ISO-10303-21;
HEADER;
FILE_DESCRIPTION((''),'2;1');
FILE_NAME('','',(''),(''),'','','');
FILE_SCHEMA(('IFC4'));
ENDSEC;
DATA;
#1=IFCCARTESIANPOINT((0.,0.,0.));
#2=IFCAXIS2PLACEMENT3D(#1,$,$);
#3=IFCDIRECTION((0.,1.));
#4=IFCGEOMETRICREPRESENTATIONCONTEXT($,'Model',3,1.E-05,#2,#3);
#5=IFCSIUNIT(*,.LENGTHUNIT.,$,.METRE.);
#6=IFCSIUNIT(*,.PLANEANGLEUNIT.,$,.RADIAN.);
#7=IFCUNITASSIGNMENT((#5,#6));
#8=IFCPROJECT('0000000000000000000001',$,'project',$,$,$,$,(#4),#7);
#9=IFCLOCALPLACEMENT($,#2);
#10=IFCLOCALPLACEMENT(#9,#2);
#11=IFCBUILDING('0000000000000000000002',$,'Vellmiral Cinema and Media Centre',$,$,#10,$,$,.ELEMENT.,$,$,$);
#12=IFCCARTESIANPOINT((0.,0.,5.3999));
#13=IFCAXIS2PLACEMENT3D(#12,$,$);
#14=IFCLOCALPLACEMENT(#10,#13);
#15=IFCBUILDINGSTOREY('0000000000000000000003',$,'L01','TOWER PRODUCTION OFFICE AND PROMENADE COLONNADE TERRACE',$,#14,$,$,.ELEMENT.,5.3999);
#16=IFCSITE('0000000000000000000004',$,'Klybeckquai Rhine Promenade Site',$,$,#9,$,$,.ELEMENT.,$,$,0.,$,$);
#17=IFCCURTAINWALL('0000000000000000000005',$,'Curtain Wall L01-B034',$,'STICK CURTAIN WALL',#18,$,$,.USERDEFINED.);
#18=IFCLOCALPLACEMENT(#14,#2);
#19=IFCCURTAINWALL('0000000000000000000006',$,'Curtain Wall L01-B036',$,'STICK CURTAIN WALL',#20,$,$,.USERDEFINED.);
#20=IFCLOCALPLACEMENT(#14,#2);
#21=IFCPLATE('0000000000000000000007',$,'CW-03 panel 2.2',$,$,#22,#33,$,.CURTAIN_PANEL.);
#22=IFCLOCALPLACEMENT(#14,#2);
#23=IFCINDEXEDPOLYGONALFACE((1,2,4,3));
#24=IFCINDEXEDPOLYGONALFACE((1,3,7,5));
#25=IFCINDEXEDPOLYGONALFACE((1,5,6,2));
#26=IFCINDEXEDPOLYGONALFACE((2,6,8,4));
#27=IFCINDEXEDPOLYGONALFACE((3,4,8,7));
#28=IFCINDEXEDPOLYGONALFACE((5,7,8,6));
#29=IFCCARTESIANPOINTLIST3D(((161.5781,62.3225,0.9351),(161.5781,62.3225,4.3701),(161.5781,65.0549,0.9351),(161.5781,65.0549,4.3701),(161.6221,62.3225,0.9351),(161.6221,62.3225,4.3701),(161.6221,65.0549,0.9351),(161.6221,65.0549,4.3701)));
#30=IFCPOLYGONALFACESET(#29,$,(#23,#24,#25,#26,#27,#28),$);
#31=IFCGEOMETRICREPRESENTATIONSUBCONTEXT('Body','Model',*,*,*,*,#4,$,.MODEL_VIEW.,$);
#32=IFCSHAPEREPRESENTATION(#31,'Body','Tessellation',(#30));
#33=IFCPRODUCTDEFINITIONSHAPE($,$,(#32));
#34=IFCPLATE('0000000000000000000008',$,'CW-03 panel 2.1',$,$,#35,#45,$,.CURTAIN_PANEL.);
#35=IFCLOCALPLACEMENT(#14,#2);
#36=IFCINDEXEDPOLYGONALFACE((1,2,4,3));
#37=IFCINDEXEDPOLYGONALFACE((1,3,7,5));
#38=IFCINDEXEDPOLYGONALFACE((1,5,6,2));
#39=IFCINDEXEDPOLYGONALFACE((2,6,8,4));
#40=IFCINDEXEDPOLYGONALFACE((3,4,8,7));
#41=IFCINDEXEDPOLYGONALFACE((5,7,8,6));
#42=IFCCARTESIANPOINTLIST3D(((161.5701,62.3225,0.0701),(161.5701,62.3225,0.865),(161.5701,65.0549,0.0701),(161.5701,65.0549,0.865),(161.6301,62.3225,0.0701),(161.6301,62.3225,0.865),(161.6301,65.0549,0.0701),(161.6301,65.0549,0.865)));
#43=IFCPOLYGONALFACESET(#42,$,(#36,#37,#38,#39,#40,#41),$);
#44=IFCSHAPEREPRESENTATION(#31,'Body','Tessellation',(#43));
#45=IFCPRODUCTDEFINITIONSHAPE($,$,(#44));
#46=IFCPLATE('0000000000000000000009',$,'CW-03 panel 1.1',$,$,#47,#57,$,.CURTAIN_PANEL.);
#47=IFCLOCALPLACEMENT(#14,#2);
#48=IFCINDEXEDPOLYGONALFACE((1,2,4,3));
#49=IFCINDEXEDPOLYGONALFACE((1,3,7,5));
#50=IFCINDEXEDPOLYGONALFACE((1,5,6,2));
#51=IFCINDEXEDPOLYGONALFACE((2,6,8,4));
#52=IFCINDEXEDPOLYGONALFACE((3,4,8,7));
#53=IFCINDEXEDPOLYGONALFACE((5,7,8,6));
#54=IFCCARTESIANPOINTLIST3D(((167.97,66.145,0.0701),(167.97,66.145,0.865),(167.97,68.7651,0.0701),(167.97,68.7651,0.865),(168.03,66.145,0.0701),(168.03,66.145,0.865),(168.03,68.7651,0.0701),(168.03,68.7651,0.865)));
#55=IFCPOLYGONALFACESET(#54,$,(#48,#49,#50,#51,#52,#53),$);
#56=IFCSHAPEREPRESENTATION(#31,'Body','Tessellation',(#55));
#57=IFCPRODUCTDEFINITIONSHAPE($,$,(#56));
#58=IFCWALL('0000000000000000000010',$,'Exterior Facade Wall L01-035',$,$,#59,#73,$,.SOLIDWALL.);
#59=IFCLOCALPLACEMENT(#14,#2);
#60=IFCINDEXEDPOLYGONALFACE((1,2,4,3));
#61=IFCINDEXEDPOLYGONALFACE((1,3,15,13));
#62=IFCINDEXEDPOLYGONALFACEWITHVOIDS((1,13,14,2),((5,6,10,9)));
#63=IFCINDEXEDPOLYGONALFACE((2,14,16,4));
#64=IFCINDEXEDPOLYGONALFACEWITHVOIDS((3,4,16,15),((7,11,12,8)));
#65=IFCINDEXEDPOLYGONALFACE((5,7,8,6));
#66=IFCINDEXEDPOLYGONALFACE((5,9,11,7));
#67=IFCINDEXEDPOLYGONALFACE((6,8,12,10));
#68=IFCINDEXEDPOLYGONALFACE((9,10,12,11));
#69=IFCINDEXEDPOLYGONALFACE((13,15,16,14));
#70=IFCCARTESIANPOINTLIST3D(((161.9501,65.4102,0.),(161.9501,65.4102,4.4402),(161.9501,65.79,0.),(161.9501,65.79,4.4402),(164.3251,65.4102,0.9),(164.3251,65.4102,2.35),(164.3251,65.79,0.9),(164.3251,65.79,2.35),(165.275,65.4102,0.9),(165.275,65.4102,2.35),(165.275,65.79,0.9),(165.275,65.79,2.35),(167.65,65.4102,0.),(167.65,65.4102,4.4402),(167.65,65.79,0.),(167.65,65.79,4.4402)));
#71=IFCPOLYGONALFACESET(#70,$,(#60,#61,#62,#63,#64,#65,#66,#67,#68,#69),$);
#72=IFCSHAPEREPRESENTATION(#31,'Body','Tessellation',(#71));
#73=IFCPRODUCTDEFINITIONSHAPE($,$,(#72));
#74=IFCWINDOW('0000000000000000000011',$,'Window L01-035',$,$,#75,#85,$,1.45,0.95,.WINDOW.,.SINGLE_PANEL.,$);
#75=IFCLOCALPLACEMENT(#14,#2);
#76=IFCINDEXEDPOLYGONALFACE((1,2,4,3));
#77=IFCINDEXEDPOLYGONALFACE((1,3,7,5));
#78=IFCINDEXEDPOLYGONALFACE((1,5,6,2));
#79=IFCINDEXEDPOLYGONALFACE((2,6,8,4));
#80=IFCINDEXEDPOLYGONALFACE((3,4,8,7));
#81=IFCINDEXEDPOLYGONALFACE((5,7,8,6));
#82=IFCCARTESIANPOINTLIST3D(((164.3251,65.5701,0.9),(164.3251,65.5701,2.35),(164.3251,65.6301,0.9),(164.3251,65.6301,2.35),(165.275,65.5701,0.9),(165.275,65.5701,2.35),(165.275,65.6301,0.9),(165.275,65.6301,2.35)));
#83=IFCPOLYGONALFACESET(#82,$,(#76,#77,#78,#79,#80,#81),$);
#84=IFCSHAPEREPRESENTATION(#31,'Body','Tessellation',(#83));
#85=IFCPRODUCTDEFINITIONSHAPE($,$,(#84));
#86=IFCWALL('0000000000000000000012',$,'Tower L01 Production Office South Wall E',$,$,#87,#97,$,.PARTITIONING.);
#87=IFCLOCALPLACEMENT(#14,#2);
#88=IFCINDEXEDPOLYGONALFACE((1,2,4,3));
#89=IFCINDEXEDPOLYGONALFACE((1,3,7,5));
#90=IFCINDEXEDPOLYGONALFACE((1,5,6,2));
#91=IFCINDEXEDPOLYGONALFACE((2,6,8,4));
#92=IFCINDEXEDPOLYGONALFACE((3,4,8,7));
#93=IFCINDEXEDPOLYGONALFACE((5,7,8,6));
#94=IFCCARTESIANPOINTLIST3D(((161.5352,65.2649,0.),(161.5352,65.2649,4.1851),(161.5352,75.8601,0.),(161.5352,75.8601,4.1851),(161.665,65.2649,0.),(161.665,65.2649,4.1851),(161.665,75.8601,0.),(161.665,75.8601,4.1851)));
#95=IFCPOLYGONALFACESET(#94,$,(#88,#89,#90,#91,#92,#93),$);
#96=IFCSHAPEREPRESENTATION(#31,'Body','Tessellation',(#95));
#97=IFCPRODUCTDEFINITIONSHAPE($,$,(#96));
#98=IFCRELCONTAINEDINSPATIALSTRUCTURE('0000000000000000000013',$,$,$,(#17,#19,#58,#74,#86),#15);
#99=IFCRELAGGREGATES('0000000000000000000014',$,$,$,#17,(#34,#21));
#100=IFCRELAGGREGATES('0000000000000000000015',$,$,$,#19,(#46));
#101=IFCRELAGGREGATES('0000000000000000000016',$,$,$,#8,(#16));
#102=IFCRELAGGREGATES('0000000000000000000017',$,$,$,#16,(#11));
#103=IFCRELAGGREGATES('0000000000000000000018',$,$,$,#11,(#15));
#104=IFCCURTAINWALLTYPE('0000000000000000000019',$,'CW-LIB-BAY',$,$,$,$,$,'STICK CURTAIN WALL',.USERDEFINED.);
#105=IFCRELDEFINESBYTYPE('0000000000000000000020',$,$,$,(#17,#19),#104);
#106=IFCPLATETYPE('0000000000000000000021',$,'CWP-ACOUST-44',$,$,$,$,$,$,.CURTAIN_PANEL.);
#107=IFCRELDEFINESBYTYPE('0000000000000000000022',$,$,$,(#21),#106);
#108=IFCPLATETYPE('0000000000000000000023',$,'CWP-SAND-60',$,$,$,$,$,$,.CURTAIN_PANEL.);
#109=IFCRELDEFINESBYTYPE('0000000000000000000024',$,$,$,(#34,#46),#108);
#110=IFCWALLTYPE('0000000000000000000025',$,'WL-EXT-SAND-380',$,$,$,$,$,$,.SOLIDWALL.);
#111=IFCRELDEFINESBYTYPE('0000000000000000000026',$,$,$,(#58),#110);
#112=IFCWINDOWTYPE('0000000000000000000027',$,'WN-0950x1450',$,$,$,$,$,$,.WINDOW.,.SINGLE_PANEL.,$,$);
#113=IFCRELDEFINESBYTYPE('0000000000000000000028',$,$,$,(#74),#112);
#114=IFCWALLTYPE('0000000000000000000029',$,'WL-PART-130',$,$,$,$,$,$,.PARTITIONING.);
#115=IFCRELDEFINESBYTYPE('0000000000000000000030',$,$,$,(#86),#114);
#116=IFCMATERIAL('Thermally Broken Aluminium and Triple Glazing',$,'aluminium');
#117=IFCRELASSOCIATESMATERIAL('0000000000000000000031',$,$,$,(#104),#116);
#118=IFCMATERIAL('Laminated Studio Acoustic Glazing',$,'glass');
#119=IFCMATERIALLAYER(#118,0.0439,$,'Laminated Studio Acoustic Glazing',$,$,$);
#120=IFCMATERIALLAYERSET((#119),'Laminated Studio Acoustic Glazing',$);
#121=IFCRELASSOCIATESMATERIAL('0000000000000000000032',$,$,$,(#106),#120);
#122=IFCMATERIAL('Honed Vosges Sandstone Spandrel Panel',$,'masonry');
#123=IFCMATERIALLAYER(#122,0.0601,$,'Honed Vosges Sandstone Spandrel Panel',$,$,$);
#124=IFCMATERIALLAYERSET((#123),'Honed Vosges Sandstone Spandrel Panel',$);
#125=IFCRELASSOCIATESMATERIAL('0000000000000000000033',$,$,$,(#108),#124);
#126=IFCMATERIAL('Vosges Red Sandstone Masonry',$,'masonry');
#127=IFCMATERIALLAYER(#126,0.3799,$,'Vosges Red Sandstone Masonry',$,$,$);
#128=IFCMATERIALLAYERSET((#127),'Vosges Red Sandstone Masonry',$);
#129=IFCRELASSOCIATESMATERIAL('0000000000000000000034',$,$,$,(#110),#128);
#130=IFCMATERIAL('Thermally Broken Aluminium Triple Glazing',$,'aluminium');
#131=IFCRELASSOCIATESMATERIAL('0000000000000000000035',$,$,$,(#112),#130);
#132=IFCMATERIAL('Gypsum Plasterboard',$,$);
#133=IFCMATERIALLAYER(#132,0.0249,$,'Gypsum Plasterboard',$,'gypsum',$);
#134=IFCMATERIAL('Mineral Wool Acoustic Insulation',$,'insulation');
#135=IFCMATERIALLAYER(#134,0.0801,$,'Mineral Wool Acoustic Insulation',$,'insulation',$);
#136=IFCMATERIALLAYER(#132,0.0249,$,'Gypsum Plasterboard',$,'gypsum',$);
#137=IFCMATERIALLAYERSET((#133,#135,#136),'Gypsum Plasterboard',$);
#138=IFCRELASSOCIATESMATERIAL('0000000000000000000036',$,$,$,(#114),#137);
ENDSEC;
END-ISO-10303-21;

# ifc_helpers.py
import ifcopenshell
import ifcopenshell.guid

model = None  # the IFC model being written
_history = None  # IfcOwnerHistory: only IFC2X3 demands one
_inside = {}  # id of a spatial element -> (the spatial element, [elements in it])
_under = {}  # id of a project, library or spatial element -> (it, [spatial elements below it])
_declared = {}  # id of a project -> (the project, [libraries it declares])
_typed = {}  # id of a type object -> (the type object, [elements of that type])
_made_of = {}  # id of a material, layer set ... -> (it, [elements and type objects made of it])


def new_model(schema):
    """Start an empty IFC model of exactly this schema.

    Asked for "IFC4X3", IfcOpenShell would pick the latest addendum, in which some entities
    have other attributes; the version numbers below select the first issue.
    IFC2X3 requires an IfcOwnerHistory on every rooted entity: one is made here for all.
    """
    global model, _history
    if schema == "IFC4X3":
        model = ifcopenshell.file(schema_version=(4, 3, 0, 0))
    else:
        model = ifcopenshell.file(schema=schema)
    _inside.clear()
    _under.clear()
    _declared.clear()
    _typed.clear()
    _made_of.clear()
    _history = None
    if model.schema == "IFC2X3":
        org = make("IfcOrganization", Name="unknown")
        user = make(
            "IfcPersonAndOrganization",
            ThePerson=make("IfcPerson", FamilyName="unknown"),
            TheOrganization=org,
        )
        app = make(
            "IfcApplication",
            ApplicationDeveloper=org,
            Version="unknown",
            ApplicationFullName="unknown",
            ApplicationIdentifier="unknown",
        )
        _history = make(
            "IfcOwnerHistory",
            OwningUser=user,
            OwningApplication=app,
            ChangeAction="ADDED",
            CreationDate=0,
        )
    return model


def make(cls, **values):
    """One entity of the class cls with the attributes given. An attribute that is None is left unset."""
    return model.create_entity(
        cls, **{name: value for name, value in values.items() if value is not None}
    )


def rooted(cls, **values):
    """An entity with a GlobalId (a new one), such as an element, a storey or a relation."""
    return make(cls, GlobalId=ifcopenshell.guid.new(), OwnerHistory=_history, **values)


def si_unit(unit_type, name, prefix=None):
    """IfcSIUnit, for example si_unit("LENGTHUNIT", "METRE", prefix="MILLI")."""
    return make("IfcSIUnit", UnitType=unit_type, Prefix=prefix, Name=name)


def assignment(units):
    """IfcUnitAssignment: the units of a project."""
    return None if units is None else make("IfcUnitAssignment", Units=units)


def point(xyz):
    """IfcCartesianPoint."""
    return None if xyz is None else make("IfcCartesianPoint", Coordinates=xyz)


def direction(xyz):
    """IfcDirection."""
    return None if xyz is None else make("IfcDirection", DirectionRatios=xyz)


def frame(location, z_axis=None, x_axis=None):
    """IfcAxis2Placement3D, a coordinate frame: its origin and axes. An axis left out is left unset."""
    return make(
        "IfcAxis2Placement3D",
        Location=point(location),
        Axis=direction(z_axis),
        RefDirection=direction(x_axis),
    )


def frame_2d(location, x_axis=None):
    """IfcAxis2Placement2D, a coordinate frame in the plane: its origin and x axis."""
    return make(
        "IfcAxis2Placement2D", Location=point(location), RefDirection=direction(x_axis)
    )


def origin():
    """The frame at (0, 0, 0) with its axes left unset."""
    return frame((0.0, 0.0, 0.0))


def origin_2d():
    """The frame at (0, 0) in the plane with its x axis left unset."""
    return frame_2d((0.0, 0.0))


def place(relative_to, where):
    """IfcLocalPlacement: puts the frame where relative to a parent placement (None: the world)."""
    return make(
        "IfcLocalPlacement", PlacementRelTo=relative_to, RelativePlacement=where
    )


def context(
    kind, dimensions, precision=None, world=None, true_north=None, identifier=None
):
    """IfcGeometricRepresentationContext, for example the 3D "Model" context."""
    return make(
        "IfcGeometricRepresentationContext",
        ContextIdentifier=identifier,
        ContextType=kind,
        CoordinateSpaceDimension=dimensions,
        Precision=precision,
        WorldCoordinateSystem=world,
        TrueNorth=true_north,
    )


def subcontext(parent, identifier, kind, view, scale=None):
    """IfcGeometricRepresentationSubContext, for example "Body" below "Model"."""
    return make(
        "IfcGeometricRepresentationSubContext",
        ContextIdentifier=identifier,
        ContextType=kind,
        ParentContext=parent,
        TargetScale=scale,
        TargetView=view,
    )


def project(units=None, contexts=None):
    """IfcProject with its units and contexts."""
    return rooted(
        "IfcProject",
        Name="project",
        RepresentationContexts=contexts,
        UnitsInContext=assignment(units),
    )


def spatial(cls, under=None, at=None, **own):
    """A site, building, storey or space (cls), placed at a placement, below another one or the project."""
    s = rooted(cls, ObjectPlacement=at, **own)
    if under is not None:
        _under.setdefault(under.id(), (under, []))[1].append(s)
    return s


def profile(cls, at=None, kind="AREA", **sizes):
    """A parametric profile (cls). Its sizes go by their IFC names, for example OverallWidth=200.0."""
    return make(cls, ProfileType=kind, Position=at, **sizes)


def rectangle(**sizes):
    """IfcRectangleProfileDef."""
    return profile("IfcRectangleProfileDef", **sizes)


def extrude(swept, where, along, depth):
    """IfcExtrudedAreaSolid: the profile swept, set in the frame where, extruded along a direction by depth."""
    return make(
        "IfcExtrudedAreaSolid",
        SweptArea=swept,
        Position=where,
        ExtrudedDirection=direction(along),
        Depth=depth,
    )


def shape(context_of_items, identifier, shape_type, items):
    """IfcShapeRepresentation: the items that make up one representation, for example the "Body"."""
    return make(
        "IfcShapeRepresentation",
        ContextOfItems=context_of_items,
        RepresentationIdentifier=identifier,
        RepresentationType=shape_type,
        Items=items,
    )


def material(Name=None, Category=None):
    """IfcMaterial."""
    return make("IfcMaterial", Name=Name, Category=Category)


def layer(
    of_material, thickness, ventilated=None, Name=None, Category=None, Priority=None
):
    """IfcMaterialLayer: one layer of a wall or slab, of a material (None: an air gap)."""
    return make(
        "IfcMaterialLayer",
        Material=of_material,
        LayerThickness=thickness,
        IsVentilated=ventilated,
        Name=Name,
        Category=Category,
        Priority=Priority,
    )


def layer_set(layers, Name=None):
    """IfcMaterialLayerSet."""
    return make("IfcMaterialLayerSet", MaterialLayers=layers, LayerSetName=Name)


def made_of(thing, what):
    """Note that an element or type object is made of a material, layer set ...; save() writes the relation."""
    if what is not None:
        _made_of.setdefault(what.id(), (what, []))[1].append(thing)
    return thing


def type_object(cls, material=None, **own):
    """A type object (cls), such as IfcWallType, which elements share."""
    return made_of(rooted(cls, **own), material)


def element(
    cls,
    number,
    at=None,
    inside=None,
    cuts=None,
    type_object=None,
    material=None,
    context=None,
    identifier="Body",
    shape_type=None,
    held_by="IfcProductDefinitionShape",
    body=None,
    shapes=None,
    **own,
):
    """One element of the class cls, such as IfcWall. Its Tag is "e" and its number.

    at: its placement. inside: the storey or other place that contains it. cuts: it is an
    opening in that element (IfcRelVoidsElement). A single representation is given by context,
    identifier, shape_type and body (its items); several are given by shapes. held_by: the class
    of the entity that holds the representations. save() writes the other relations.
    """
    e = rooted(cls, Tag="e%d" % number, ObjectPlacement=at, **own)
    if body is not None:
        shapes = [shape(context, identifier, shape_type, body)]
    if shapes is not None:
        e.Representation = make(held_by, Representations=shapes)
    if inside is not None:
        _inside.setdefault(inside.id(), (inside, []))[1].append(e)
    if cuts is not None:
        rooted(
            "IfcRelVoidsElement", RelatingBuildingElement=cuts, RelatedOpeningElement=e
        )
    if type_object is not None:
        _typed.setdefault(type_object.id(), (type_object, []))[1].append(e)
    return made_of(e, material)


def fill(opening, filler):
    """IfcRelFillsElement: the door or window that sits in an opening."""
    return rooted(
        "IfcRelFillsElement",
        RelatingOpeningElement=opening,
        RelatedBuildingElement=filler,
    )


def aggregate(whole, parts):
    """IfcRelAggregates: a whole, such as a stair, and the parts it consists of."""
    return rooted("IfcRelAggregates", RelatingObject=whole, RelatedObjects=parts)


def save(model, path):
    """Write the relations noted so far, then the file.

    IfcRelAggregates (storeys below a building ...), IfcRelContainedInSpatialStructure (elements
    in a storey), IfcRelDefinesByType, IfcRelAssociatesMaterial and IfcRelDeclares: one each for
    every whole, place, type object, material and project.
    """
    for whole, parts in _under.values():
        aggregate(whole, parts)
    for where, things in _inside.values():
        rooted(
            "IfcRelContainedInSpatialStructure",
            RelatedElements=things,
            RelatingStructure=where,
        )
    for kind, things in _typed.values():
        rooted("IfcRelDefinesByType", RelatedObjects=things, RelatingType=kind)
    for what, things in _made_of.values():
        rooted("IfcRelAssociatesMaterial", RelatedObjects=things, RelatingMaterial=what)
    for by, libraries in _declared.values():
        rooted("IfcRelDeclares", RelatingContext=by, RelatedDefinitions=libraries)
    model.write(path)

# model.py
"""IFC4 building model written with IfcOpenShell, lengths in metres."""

from ifc_helpers import new_model, si_unit, direction, frame, frame_2d, origin, origin_2d, place, context, subcontext, project, spatial, rectangle, extrude, material, layer, layer_set, type_object, element, fill, aggregate, save


model = new_model("IFC4")

# Units and contexts
model_context = context("Model", 3, precision=1e-05, world=origin(), true_north=direction((0.0, 1.0)))
body_context = subcontext(model_context, "Body", "Model", "MODEL_VIEW")
ifc_project = project(units=[si_unit("LENGTHUNIT", "METRE"), si_unit("PLANEANGLEUNIT", "RADIAN")], contexts=[model_context])

# Site, building, storey
site_placement = place(None, origin())
site = spatial("IfcSite", under=ifc_project, at=site_placement, Name="Klybeckquai Rhine Promenade Site", CompositionType="ELEMENT", RefElevation=0.0)
building_placement = place(site_placement, origin())
building = spatial("IfcBuilding", under=site, at=building_placement, Name="Vellmiral Cinema and Media Centre", CompositionType="ELEMENT")
storey_placement = place(building_placement, frame((0.0, 0.0, 5.3999)))
storey = spatial("IfcBuildingStorey", under=building, at=storey_placement, Name="L01", Description="TOWER PRODUCTION OFFICE AND PROMENADE COLONNADE TERRACE", CompositionType="ELEMENT", Elevation=5.3999)

# Curtain walls
ifc_material_1 = material(Name="Thermally Broken Aluminium and Triple Glazing", Category="aluminium")
curtain_wall_type = type_object("IfcCurtainWallType", Name="CW-LIB-BAY", ElementType="STICK CURTAIN WALL", PredefinedType="USERDEFINED", material=ifc_material_1)
curtain_wall_1_placement = place(storey_placement, origin())
curtain_wall_1 = element("IfcCurtainWall", 1, at=curtain_wall_1_placement, inside=storey, type_object=curtain_wall_type, Name="Curtain Wall L01-B034", ObjectType="STICK CURTAIN WALL", PredefinedType="USERDEFINED")
curtain_wall_2_placement = place(storey_placement, origin())
curtain_wall_2 = element("IfcCurtainWall", 2, at=curtain_wall_2_placement, inside=storey, type_object=curtain_wall_type, Name="Curtain Wall L01-B036", ObjectType="STICK CURTAIN WALL", PredefinedType="USERDEFINED")

# Plates
ifc_material_2 = material(Name="Laminated Studio Acoustic Glazing", Category="glass")
ifc_layer_1 = layer(ifc_material_2, 0.0439, Name="Laminated Studio Acoustic Glazing")
ifc_layer_set_1 = layer_set([ifc_layer_1], Name="Laminated Studio Acoustic Glazing")
plate_type_1 = type_object("IfcPlateType", Name="CWP-ACOUST-44", PredefinedType="CURTAIN_PANEL", material=ifc_layer_set_1)
plate_1_placement = place(storey_placement, frame((161.6001, 63.6887, 0.9351), z_axis=(0.0, 0.0, 1.0), x_axis=(0.0, 1.0, 0.0)))
plate_1 = element("IfcPlate", 3, at=plate_1_placement, type_object=plate_type_1, Name="CW-03 panel 2.2", PredefinedType="CURTAIN_PANEL", context=body_context, shape_type="SweptSolid", body=[
    extrude(rectangle(XDim=2.7324, YDim=0.0439, at=origin_2d()), origin(), (0.0, 0.0, 1.0), 3.4351),
])
ifc_material_3 = material(Name="Honed Vosges Sandstone Spandrel Panel", Category="masonry")
ifc_layer_2 = layer(ifc_material_3, 0.0601, Name="Honed Vosges Sandstone Spandrel Panel")
ifc_layer_set_2 = layer_set([ifc_layer_2], Name="Honed Vosges Sandstone Spandrel Panel")
plate_type_2 = type_object("IfcPlateType", Name="CWP-SAND-60", PredefinedType="CURTAIN_PANEL", material=ifc_layer_set_2)
plate_2_placement = place(storey_placement, frame((161.6001, 63.6887, 0.0701), z_axis=(0.0, 0.0, 1.0), x_axis=(0.0, 1.0, 0.0)))
plate_2 = element("IfcPlate", 4, at=plate_2_placement, type_object=plate_type_2, Name="CW-03 panel 2.1", PredefinedType="CURTAIN_PANEL", context=body_context, shape_type="SweptSolid", body=[
    extrude(rectangle(XDim=2.7324, YDim=0.0601, at=origin_2d()), origin(), (0.0, 0.0, 1.0), 0.7949),
])
aggregate(curtain_wall_1, [plate_2, plate_1])
plate_3_placement = place(storey_placement, frame((168.0, 67.4551, 0.0701), z_axis=(0.0, 0.0, 1.0), x_axis=(0.0, 1.0, 0.0)))
plate_3 = element("IfcPlate", 5, at=plate_3_placement, type_object=plate_type_2, Name="CW-03 panel 1.1", PredefinedType="CURTAIN_PANEL", context=body_context, shape_type="SweptSolid", body=[
    extrude(rectangle(XDim=2.6201, YDim=0.0601, at=origin_2d()), origin(), (0.0, 0.0, 1.0), 0.7949),
])
aggregate(curtain_wall_2, [plate_3])

# Wall, opening, window
ifc_material_4 = material(Name="Vosges Red Sandstone Masonry", Category="masonry")
ifc_layer_3 = layer(ifc_material_4, 0.3799, Name="Vosges Red Sandstone Masonry")
ifc_layer_set_3 = layer_set([ifc_layer_3], Name="Vosges Red Sandstone Masonry")
wall_type_1 = type_object("IfcWallType", Name="WL-EXT-SAND-380", PredefinedType="SOLIDWALL", material=ifc_layer_set_3)
wall_1_placement = place(storey_placement, frame((161.95, 65.6001, 0.0), z_axis=(0.0, 0.0, 1.0), x_axis=(1.0, 0.0, 0.0)))
wall_1 = element("IfcWall", 6, at=wall_1_placement, inside=storey, type_object=wall_type_1, Name="Exterior Facade Wall L01-035", PredefinedType="SOLIDWALL", context=body_context, shape_type="SweptSolid", body=[
    extrude(rectangle(XDim=5.7, YDim=0.3799, at=frame_2d((2.8501, 0.0))), origin(), (0.0, 0.0, 1.0), 4.4402),
])
opening_placement = place(wall_1_placement, frame((2.375, 0.0, 0.8999)))
opening = element("IfcOpeningElement", 7, at=opening_placement, cuts=wall_1, PredefinedType="OPENING", context=body_context, shape_type="SweptSolid", body=[
    extrude(rectangle(XDim=0.95, YDim=1.45, at=frame_2d((0.4751, 0.7251))), frame((0.0, 0.2019, 0.0), z_axis=(0.0, -1.0, 0.0), x_axis=(1.0, 0.0, 0.0)), (0.0, 0.0, 1.0), 0.4038),
])
ifc_material_5 = material(Name="Thermally Broken Aluminium Triple Glazing", Category="aluminium")
window_type = type_object("IfcWindowType", Name="WN-0950x1450", PartitioningType="SINGLE_PANEL", PredefinedType="WINDOW", material=ifc_material_5)
window_placement = place(opening_placement, origin())
window = element("IfcWindow", 8, at=window_placement, inside=storey, type_object=window_type, Name="Window L01-035", OverallHeight=1.45, OverallWidth=0.95, PartitioningType="SINGLE_PANEL", PredefinedType="WINDOW", context=body_context, shape_type="SweptSolid", body=[
    extrude(rectangle(XDim=0.95, YDim=1.45, at=frame_2d((0.4751, 0.7251))), frame((0.0, 0.03, 0.0), z_axis=(0.0, -1.0, 0.0), x_axis=(1.0, 0.0, 0.0)), (0.0, 0.0, 1.0), 0.0601),
])
fill(opening, window)

# Wall
ifc_material_6 = material(Name="Gypsum Plasterboard")
ifc_layer_4 = layer(ifc_material_6, 0.0249, Name="Gypsum Plasterboard", Category="gypsum")
ifc_material_7 = material(Name="Mineral Wool Acoustic Insulation", Category="insulation")
ifc_layer_5 = layer(ifc_material_7, 0.0801, Name="Mineral Wool Acoustic Insulation", Category="insulation")
ifc_layer_6 = layer(ifc_material_6, 0.0249, Name="Gypsum Plasterboard", Category="gypsum")
ifc_layer_set_4 = layer_set([ifc_layer_4, ifc_layer_5, ifc_layer_6], Name="Gypsum Plasterboard")
wall_type_2 = type_object("IfcWallType", Name="WL-PART-130", PredefinedType="PARTITIONING", material=ifc_layer_set_4)
wall_2_placement = place(storey_placement, frame((161.6001, 65.2649, 0.0), z_axis=(0.0, 0.0, 1.0), x_axis=(0.0, 1.0, 0.0)))
element("IfcWall", 9, at=wall_2_placement, inside=storey, type_object=wall_type_2, Name="Tower L01 Production Office South Wall E", PredefinedType="PARTITIONING", context=body_context, shape_type="SweptSolid", body=[
    extrude(rectangle(XDim=10.5952, YDim=0.1299, at=frame_2d((5.2976, 0.0))), origin(), (0.0, 0.0, 1.0), 4.1851),
])

save(model, "model.ifc")
